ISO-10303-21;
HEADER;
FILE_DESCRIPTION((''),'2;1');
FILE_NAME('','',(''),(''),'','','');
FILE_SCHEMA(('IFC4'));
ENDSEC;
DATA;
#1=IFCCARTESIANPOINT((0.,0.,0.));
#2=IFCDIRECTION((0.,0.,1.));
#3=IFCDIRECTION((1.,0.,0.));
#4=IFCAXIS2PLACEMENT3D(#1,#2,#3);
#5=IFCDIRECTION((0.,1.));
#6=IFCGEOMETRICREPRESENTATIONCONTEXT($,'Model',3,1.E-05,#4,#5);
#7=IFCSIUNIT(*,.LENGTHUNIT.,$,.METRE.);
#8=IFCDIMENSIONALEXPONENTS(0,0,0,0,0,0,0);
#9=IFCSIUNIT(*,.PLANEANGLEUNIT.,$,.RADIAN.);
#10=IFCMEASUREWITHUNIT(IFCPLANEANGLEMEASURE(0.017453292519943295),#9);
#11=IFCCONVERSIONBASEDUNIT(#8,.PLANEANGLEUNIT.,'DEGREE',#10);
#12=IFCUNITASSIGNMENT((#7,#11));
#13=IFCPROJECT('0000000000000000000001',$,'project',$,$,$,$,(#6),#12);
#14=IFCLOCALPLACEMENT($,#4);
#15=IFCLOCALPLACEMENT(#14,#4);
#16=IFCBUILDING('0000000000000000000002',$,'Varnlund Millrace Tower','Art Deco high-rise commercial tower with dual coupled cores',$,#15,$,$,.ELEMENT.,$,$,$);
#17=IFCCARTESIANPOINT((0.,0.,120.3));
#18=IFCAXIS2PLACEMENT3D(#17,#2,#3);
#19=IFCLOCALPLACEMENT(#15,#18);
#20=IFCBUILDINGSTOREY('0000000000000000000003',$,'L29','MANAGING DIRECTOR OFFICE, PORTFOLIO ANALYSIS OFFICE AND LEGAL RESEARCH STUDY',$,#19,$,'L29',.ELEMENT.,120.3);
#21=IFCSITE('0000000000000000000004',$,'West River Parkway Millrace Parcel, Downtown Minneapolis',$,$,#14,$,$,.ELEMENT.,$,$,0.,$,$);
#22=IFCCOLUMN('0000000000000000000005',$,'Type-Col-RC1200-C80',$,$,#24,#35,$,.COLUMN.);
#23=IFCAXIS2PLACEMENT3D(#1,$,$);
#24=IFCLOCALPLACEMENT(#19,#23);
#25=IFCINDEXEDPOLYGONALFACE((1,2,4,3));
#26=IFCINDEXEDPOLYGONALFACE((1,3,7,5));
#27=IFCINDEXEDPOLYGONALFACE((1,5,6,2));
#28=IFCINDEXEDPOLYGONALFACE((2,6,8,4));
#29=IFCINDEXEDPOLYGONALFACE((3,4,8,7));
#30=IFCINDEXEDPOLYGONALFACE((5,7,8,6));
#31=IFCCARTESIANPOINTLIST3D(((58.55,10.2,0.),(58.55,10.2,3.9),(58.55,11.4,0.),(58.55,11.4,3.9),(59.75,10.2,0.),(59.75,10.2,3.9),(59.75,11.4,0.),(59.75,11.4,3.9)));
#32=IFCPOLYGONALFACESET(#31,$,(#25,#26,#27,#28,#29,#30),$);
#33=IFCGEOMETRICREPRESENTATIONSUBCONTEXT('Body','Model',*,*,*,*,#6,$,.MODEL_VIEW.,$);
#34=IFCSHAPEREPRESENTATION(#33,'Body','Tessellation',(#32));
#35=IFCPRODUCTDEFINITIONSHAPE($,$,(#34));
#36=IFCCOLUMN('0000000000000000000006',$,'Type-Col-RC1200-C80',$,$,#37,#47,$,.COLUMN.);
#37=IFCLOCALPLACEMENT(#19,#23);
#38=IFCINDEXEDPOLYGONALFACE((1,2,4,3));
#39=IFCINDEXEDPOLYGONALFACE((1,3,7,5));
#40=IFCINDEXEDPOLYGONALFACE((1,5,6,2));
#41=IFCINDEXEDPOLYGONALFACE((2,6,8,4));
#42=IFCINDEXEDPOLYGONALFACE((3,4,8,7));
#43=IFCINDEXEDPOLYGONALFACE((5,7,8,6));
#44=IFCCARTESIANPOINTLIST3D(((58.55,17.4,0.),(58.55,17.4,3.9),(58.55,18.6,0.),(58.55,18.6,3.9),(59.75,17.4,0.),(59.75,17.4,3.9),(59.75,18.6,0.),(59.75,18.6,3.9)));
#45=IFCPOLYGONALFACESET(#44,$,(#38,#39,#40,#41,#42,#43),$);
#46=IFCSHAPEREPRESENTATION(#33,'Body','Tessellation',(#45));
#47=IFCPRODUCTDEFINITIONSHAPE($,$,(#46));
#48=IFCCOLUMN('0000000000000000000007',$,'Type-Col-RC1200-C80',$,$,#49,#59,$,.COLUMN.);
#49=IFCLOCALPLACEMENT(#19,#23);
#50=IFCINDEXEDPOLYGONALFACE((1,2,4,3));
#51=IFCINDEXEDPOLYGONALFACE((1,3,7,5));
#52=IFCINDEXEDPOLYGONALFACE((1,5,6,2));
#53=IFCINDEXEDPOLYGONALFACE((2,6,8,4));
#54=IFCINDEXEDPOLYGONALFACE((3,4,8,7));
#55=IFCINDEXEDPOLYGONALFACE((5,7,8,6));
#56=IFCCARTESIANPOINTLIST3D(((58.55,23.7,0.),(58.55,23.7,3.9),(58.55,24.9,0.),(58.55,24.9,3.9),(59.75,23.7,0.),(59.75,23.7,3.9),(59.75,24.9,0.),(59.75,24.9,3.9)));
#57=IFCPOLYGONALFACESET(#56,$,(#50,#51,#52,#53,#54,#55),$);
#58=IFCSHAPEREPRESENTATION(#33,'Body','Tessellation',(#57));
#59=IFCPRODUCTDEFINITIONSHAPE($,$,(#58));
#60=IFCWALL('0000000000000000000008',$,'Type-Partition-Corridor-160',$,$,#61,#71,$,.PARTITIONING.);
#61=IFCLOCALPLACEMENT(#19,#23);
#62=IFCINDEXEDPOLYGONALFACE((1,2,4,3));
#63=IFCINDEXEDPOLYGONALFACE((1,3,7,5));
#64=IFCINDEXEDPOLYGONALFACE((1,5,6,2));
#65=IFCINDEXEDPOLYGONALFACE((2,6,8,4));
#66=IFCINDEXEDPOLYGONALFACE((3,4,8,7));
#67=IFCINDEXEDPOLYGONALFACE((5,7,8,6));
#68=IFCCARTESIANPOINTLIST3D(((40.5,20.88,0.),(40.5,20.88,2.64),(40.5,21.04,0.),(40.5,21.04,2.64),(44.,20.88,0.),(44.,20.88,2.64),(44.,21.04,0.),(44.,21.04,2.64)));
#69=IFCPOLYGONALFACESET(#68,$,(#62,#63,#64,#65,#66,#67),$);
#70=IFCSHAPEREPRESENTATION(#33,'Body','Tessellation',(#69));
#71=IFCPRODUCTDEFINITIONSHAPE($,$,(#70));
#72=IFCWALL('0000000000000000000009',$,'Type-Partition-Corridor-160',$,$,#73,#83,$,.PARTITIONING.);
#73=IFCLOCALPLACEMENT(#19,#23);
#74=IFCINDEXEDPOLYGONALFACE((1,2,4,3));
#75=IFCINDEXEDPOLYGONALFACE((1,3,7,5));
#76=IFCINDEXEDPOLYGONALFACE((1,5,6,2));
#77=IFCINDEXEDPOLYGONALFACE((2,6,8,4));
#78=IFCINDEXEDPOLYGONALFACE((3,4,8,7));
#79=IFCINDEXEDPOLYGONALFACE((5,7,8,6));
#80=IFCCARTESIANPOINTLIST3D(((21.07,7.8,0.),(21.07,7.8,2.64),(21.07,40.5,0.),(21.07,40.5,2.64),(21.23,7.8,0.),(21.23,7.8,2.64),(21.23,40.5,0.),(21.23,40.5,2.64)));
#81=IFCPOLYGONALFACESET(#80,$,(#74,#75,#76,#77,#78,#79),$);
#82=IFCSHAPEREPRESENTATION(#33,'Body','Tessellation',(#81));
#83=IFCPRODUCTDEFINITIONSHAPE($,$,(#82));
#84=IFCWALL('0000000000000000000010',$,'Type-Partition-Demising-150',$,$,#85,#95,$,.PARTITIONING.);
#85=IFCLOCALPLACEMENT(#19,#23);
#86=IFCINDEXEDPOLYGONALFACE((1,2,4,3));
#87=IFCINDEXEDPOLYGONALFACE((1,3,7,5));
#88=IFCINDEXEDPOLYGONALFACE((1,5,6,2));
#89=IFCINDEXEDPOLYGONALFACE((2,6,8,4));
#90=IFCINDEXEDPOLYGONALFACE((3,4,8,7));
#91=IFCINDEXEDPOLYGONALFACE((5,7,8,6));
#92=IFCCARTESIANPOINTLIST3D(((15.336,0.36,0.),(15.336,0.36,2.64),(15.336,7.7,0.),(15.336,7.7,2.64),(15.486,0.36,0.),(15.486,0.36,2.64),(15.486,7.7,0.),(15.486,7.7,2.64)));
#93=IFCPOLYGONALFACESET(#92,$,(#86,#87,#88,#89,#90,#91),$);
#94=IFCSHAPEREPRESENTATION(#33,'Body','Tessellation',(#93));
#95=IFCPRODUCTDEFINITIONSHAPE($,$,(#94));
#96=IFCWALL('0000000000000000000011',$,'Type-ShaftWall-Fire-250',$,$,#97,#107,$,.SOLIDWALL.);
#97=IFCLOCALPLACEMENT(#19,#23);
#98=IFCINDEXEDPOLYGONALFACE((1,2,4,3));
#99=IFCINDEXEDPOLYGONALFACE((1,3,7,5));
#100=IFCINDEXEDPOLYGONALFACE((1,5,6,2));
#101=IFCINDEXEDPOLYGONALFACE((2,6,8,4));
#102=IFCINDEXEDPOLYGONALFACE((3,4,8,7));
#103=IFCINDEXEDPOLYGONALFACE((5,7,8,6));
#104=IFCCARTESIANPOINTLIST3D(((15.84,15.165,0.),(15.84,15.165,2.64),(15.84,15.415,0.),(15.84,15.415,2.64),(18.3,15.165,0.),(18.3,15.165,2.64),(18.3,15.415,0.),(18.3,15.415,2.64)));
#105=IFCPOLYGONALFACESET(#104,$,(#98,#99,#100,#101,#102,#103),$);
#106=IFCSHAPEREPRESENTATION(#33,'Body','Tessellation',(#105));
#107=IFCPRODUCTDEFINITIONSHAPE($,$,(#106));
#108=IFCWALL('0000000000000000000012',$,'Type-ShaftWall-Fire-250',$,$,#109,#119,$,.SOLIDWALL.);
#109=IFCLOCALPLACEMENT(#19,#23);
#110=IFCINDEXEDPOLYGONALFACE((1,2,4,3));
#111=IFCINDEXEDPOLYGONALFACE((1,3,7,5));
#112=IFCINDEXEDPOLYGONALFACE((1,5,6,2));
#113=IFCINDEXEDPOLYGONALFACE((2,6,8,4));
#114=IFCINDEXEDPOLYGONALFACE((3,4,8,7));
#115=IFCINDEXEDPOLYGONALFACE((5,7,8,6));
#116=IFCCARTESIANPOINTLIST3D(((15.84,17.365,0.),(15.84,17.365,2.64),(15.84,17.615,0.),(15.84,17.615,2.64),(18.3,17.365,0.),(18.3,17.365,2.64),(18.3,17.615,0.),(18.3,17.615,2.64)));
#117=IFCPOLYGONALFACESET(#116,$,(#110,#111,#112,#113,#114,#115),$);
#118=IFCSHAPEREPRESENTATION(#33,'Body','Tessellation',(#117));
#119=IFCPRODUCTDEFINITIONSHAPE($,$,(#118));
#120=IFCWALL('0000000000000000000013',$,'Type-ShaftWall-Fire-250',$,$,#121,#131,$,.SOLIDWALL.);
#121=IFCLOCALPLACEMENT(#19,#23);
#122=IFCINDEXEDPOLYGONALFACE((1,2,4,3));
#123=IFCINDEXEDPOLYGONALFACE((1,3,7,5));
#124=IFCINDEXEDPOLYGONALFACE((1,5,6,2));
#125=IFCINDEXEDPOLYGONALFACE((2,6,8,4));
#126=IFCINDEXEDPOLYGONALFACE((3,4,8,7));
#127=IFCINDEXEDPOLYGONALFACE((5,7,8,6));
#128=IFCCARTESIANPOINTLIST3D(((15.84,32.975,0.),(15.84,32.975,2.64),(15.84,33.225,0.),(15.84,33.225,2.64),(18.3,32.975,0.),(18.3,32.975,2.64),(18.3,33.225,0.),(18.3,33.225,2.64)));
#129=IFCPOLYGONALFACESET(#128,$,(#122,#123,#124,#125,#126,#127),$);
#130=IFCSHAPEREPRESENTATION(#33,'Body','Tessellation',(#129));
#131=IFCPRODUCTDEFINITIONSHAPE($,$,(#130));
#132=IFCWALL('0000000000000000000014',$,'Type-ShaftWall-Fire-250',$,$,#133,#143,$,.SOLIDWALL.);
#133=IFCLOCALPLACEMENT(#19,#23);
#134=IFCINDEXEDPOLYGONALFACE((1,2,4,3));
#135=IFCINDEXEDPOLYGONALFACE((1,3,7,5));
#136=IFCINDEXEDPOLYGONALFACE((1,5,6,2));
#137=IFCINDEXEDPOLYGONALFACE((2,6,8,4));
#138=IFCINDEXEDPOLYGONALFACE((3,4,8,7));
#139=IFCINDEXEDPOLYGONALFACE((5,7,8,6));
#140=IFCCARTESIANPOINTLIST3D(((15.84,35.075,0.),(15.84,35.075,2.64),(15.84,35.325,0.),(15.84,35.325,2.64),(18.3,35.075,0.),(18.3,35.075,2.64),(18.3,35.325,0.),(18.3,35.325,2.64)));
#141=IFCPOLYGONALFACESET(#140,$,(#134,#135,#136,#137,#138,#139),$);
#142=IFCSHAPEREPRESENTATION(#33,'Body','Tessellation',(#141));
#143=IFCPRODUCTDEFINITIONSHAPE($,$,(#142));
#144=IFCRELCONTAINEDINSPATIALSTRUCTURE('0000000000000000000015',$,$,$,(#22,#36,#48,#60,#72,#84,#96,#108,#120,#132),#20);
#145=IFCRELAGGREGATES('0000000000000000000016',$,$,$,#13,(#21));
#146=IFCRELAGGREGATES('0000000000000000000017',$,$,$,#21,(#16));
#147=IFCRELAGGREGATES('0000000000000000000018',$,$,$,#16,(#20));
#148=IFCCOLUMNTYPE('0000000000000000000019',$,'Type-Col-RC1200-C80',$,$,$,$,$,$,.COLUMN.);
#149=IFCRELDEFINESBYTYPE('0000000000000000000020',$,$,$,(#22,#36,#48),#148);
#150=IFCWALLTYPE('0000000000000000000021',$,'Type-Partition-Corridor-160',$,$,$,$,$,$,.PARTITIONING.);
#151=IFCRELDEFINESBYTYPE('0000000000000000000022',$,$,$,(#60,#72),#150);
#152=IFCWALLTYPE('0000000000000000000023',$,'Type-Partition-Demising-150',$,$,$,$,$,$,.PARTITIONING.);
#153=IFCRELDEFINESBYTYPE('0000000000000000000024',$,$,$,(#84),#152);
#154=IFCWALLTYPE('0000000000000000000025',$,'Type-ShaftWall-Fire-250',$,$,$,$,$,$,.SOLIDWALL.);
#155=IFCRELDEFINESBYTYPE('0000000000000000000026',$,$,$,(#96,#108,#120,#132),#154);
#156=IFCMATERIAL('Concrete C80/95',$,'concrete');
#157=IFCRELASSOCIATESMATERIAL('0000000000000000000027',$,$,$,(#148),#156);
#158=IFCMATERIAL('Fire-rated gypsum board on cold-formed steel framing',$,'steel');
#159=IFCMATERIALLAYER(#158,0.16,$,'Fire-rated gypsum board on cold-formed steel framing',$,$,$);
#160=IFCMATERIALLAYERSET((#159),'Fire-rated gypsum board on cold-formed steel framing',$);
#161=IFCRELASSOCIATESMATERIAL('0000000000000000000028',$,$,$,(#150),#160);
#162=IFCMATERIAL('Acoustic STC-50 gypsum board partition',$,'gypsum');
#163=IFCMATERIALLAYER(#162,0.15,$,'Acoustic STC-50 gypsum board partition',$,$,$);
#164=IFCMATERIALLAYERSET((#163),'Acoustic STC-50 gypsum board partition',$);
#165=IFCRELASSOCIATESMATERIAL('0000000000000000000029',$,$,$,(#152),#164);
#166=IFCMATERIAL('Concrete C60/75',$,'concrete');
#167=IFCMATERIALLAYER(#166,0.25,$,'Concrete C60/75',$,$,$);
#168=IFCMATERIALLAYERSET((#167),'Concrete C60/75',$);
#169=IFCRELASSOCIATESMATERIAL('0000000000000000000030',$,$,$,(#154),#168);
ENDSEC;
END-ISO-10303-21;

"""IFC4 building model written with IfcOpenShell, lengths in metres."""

from ifc_helpers import new_model, entity, si_unit, converted_unit, direction, frame, origin_with_axes, origin_2d_with_axis, place, context, subcontext, project, spatial, polyline, rectangle, outline, extrude, material, layer, layer_set, material_profile, profile_set, type_object, element, save


model = new_model("IFC4")

# Units and contexts
model_context = context("Model", 3, precision=1e-05, world=origin_with_axes(), true_north=direction((0.0, 1.0)))
body_context = subcontext(model_context, "Body", "Model", "MODEL_VIEW")
ifc_project = project(units=[si_unit("LENGTHUNIT", "METRE"), converted_unit("PLANEANGLEUNIT", "DEGREE", entity("IfcPlaneAngleMeasure", 0.017453292519943295), si_unit("PLANEANGLEUNIT", "RADIAN"), dimensions=[0, 0, 0, 0, 0, 0, 0])], contexts=[model_context])

# Site, building, storey
site_placement = place(None, origin_with_axes())
site = spatial("IfcSite", under=ifc_project, at=site_placement, Name="West River Parkway Millrace Parcel, Downtown Minneapolis", CompositionType="ELEMENT", RefElevation=0.0)
building_placement = place(site_placement, origin_with_axes())
building = spatial("IfcBuilding", under=site, at=building_placement, Name="Varnlund Millrace Tower", Description="Art Deco high-rise commercial tower with dual coupled cores", CompositionType="ELEMENT")
storey_placement = place(building_placement, frame((0.0, 0.0, 120.3), z_axis=(0.0, 0.0, 1.0), x_axis=(1.0, 0.0, 0.0)))
storey = spatial("IfcBuildingStorey", under=building, at=storey_placement, Name="L29", Description="MANAGING DIRECTOR OFFICE, PORTFOLIO ANALYSIS OFFICE AND LEGAL RESEARCH STUDY", LongName="L29", CompositionType="ELEMENT", Elevation=120.3)

# Columns
ifc_material_1 = material(Name="Concrete C80/95", Category="concrete")
ifc_material_profile = material_profile(ifc_material_1, rectangle(XDim=1.2, YDim=1.2, at=origin_2d_with_axis()), Name="Concrete C80/95")
ifc_profile_set = profile_set([ifc_material_profile], Name="Concrete C80/95")
column_type = type_object("IfcColumnType", Name="Type-Col-RC1200-C80", PredefinedType="COLUMN", material=ifc_profile_set)
for number, where, z_axis, x_axis, name in (
    (1, (59.15, 10.8, 0.0), (0.0, 0.0, 1.0), (1.0, 0.0, 0.0), "Type-Col-RC1200-C80"),
    (2, (59.15, 18.0, 0.0), (0.0, 0.0, 1.0), (1.0, 0.0, 0.0), "Type-Col-RC1200-C80"),
    (3, (59.15, 24.3, 0.0), (0.0, 0.0, 1.0), (1.0, 0.0, 0.0), "Type-Col-RC1200-C80"),
):
    element("IfcColumn", number, at=place(storey_placement, frame(where, z_axis=z_axis, x_axis=x_axis)), inside=storey, type_object=column_type, Name=name, PredefinedType="COLUMN", context=body_context, shape_type="SweptSolid", body=[
        extrude(rectangle(XDim=1.2, YDim=1.2, at=origin_2d_with_axis()), origin_with_axes(), (0.0, 0.0, 1.0), 3.9),
    ])

# Walls
ifc_material_2 = material(Name="Fire-rated gypsum board on cold-formed steel framing", Category="steel")
ifc_layer_1 = layer(ifc_material_2, 0.16, Name="Fire-rated gypsum board on cold-formed steel framing")
ifc_layer_set_1 = layer_set([ifc_layer_1], Name="Fire-rated gypsum board on cold-formed steel framing")
wall_type_1 = type_object("IfcWallType", Name="Type-Partition-Corridor-160", PredefinedType="PARTITIONING", material=ifc_layer_set_1)
wall_1_placement = place(storey_placement, frame((40.5, 20.96, 0.0), z_axis=(0.0, 0.0, 1.0), x_axis=(1.0, 0.0, 0.0)))
element("IfcWall", 4, at=wall_1_placement, inside=storey, type_object=wall_type_1, Name="Type-Partition-Corridor-160", PredefinedType="PARTITIONING", context=body_context, shape_type="SweptSolid", body=[
    extrude(outline(polyline([(0.0, -0.08), (3.5, -0.08), (3.5, 0.08), (0.0, 0.08), (0.0, -0.08)])), origin_with_axes(), (0.0, 0.0, 1.0), 2.64),
])
wall_2_placement = place(storey_placement, frame((21.15, 7.8, 0.0), z_axis=(0.0, 0.0, 1.0), x_axis=(0.0, 1.0, 0.0)))
element("IfcWall", 5, at=wall_2_placement, inside=storey, type_object=wall_type_1, Name="Type-Partition-Corridor-160", PredefinedType="PARTITIONING", context=body_context, shape_type="SweptSolid", body=[
    extrude(outline(polyline([(0.0, -0.08), (32.7, -0.08), (32.7, 0.08), (0.0, 0.08), (0.0, -0.08)])), origin_with_axes(), (0.0, 0.0, 1.0), 2.64),
])

# Walls
ifc_material_3 = material(Name="Acoustic STC-50 gypsum board partition", Category="gypsum")
ifc_layer_2 = layer(ifc_material_3, 0.15, Name="Acoustic STC-50 gypsum board partition")
ifc_layer_set_2 = layer_set([ifc_layer_2], Name="Acoustic STC-50 gypsum board partition")
wall_type_2 = type_object("IfcWallType", Name="Type-Partition-Demising-150", PredefinedType="PARTITIONING", material=ifc_layer_set_2)
wall_3_placement = place(storey_placement, frame((15.411, 0.36, 0.0), z_axis=(0.0, 0.0, 1.0), x_axis=(0.0, 1.0, 0.0)))
element("IfcWall", 6, at=wall_3_placement, inside=storey, type_object=wall_type_2, Name="Type-Partition-Demising-150", PredefinedType="PARTITIONING", context=body_context, shape_type="SweptSolid", body=[
    extrude(outline(polyline([(0.0, -0.075), (7.34, -0.075), (7.34, 0.075), (0.0, 0.075), (0.0, -0.075)])), origin_with_axes(), (0.0, 0.0, 1.0), 2.64),
])
ifc_material_4 = material(Name="Concrete C60/75", Category="concrete")
ifc_layer_3 = layer(ifc_material_4, 0.25, Name="Concrete C60/75")
ifc_layer_set_3 = layer_set([ifc_layer_3], Name="Concrete C60/75")
wall_type_3 = type_object("IfcWallType", Name="Type-ShaftWall-Fire-250", PredefinedType="SOLIDWALL", material=ifc_layer_set_3)
for number, where, z_axis, x_axis, name in (
    (7, (15.84, 15.29, 0.0), (0.0, 0.0, 1.0), (1.0, 0.0, 0.0), "Type-ShaftWall-Fire-250"),
    (8, (15.84, 17.49, 0.0), (0.0, 0.0, 1.0), (1.0, 0.0, 0.0), "Type-ShaftWall-Fire-250"),
    (9, (15.84, 33.1, 0.0), (0.0, 0.0, 1.0), (1.0, 0.0, 0.0), "Type-ShaftWall-Fire-250"),
    (10, (15.84, 35.2, 0.0), (0.0, 0.0, 1.0), (1.0, 0.0, 0.0), "Type-ShaftWall-Fire-250"),
):
    element("IfcWall", number, at=place(storey_placement, frame(where, z_axis=z_axis, x_axis=x_axis)), inside=storey, type_object=wall_type_3, Name=name, PredefinedType="SOLIDWALL", context=body_context, shape_type="SweptSolid", body=[
        extrude(outline(polyline([(0.0, -0.125), (2.46, -0.125), (2.46, 0.125), (0.0, 0.125), (0.0, -0.125)])), origin_with_axes(), (0.0, 0.0, 1.0), 2.64),
    ])

save(model, "model.ifc")
